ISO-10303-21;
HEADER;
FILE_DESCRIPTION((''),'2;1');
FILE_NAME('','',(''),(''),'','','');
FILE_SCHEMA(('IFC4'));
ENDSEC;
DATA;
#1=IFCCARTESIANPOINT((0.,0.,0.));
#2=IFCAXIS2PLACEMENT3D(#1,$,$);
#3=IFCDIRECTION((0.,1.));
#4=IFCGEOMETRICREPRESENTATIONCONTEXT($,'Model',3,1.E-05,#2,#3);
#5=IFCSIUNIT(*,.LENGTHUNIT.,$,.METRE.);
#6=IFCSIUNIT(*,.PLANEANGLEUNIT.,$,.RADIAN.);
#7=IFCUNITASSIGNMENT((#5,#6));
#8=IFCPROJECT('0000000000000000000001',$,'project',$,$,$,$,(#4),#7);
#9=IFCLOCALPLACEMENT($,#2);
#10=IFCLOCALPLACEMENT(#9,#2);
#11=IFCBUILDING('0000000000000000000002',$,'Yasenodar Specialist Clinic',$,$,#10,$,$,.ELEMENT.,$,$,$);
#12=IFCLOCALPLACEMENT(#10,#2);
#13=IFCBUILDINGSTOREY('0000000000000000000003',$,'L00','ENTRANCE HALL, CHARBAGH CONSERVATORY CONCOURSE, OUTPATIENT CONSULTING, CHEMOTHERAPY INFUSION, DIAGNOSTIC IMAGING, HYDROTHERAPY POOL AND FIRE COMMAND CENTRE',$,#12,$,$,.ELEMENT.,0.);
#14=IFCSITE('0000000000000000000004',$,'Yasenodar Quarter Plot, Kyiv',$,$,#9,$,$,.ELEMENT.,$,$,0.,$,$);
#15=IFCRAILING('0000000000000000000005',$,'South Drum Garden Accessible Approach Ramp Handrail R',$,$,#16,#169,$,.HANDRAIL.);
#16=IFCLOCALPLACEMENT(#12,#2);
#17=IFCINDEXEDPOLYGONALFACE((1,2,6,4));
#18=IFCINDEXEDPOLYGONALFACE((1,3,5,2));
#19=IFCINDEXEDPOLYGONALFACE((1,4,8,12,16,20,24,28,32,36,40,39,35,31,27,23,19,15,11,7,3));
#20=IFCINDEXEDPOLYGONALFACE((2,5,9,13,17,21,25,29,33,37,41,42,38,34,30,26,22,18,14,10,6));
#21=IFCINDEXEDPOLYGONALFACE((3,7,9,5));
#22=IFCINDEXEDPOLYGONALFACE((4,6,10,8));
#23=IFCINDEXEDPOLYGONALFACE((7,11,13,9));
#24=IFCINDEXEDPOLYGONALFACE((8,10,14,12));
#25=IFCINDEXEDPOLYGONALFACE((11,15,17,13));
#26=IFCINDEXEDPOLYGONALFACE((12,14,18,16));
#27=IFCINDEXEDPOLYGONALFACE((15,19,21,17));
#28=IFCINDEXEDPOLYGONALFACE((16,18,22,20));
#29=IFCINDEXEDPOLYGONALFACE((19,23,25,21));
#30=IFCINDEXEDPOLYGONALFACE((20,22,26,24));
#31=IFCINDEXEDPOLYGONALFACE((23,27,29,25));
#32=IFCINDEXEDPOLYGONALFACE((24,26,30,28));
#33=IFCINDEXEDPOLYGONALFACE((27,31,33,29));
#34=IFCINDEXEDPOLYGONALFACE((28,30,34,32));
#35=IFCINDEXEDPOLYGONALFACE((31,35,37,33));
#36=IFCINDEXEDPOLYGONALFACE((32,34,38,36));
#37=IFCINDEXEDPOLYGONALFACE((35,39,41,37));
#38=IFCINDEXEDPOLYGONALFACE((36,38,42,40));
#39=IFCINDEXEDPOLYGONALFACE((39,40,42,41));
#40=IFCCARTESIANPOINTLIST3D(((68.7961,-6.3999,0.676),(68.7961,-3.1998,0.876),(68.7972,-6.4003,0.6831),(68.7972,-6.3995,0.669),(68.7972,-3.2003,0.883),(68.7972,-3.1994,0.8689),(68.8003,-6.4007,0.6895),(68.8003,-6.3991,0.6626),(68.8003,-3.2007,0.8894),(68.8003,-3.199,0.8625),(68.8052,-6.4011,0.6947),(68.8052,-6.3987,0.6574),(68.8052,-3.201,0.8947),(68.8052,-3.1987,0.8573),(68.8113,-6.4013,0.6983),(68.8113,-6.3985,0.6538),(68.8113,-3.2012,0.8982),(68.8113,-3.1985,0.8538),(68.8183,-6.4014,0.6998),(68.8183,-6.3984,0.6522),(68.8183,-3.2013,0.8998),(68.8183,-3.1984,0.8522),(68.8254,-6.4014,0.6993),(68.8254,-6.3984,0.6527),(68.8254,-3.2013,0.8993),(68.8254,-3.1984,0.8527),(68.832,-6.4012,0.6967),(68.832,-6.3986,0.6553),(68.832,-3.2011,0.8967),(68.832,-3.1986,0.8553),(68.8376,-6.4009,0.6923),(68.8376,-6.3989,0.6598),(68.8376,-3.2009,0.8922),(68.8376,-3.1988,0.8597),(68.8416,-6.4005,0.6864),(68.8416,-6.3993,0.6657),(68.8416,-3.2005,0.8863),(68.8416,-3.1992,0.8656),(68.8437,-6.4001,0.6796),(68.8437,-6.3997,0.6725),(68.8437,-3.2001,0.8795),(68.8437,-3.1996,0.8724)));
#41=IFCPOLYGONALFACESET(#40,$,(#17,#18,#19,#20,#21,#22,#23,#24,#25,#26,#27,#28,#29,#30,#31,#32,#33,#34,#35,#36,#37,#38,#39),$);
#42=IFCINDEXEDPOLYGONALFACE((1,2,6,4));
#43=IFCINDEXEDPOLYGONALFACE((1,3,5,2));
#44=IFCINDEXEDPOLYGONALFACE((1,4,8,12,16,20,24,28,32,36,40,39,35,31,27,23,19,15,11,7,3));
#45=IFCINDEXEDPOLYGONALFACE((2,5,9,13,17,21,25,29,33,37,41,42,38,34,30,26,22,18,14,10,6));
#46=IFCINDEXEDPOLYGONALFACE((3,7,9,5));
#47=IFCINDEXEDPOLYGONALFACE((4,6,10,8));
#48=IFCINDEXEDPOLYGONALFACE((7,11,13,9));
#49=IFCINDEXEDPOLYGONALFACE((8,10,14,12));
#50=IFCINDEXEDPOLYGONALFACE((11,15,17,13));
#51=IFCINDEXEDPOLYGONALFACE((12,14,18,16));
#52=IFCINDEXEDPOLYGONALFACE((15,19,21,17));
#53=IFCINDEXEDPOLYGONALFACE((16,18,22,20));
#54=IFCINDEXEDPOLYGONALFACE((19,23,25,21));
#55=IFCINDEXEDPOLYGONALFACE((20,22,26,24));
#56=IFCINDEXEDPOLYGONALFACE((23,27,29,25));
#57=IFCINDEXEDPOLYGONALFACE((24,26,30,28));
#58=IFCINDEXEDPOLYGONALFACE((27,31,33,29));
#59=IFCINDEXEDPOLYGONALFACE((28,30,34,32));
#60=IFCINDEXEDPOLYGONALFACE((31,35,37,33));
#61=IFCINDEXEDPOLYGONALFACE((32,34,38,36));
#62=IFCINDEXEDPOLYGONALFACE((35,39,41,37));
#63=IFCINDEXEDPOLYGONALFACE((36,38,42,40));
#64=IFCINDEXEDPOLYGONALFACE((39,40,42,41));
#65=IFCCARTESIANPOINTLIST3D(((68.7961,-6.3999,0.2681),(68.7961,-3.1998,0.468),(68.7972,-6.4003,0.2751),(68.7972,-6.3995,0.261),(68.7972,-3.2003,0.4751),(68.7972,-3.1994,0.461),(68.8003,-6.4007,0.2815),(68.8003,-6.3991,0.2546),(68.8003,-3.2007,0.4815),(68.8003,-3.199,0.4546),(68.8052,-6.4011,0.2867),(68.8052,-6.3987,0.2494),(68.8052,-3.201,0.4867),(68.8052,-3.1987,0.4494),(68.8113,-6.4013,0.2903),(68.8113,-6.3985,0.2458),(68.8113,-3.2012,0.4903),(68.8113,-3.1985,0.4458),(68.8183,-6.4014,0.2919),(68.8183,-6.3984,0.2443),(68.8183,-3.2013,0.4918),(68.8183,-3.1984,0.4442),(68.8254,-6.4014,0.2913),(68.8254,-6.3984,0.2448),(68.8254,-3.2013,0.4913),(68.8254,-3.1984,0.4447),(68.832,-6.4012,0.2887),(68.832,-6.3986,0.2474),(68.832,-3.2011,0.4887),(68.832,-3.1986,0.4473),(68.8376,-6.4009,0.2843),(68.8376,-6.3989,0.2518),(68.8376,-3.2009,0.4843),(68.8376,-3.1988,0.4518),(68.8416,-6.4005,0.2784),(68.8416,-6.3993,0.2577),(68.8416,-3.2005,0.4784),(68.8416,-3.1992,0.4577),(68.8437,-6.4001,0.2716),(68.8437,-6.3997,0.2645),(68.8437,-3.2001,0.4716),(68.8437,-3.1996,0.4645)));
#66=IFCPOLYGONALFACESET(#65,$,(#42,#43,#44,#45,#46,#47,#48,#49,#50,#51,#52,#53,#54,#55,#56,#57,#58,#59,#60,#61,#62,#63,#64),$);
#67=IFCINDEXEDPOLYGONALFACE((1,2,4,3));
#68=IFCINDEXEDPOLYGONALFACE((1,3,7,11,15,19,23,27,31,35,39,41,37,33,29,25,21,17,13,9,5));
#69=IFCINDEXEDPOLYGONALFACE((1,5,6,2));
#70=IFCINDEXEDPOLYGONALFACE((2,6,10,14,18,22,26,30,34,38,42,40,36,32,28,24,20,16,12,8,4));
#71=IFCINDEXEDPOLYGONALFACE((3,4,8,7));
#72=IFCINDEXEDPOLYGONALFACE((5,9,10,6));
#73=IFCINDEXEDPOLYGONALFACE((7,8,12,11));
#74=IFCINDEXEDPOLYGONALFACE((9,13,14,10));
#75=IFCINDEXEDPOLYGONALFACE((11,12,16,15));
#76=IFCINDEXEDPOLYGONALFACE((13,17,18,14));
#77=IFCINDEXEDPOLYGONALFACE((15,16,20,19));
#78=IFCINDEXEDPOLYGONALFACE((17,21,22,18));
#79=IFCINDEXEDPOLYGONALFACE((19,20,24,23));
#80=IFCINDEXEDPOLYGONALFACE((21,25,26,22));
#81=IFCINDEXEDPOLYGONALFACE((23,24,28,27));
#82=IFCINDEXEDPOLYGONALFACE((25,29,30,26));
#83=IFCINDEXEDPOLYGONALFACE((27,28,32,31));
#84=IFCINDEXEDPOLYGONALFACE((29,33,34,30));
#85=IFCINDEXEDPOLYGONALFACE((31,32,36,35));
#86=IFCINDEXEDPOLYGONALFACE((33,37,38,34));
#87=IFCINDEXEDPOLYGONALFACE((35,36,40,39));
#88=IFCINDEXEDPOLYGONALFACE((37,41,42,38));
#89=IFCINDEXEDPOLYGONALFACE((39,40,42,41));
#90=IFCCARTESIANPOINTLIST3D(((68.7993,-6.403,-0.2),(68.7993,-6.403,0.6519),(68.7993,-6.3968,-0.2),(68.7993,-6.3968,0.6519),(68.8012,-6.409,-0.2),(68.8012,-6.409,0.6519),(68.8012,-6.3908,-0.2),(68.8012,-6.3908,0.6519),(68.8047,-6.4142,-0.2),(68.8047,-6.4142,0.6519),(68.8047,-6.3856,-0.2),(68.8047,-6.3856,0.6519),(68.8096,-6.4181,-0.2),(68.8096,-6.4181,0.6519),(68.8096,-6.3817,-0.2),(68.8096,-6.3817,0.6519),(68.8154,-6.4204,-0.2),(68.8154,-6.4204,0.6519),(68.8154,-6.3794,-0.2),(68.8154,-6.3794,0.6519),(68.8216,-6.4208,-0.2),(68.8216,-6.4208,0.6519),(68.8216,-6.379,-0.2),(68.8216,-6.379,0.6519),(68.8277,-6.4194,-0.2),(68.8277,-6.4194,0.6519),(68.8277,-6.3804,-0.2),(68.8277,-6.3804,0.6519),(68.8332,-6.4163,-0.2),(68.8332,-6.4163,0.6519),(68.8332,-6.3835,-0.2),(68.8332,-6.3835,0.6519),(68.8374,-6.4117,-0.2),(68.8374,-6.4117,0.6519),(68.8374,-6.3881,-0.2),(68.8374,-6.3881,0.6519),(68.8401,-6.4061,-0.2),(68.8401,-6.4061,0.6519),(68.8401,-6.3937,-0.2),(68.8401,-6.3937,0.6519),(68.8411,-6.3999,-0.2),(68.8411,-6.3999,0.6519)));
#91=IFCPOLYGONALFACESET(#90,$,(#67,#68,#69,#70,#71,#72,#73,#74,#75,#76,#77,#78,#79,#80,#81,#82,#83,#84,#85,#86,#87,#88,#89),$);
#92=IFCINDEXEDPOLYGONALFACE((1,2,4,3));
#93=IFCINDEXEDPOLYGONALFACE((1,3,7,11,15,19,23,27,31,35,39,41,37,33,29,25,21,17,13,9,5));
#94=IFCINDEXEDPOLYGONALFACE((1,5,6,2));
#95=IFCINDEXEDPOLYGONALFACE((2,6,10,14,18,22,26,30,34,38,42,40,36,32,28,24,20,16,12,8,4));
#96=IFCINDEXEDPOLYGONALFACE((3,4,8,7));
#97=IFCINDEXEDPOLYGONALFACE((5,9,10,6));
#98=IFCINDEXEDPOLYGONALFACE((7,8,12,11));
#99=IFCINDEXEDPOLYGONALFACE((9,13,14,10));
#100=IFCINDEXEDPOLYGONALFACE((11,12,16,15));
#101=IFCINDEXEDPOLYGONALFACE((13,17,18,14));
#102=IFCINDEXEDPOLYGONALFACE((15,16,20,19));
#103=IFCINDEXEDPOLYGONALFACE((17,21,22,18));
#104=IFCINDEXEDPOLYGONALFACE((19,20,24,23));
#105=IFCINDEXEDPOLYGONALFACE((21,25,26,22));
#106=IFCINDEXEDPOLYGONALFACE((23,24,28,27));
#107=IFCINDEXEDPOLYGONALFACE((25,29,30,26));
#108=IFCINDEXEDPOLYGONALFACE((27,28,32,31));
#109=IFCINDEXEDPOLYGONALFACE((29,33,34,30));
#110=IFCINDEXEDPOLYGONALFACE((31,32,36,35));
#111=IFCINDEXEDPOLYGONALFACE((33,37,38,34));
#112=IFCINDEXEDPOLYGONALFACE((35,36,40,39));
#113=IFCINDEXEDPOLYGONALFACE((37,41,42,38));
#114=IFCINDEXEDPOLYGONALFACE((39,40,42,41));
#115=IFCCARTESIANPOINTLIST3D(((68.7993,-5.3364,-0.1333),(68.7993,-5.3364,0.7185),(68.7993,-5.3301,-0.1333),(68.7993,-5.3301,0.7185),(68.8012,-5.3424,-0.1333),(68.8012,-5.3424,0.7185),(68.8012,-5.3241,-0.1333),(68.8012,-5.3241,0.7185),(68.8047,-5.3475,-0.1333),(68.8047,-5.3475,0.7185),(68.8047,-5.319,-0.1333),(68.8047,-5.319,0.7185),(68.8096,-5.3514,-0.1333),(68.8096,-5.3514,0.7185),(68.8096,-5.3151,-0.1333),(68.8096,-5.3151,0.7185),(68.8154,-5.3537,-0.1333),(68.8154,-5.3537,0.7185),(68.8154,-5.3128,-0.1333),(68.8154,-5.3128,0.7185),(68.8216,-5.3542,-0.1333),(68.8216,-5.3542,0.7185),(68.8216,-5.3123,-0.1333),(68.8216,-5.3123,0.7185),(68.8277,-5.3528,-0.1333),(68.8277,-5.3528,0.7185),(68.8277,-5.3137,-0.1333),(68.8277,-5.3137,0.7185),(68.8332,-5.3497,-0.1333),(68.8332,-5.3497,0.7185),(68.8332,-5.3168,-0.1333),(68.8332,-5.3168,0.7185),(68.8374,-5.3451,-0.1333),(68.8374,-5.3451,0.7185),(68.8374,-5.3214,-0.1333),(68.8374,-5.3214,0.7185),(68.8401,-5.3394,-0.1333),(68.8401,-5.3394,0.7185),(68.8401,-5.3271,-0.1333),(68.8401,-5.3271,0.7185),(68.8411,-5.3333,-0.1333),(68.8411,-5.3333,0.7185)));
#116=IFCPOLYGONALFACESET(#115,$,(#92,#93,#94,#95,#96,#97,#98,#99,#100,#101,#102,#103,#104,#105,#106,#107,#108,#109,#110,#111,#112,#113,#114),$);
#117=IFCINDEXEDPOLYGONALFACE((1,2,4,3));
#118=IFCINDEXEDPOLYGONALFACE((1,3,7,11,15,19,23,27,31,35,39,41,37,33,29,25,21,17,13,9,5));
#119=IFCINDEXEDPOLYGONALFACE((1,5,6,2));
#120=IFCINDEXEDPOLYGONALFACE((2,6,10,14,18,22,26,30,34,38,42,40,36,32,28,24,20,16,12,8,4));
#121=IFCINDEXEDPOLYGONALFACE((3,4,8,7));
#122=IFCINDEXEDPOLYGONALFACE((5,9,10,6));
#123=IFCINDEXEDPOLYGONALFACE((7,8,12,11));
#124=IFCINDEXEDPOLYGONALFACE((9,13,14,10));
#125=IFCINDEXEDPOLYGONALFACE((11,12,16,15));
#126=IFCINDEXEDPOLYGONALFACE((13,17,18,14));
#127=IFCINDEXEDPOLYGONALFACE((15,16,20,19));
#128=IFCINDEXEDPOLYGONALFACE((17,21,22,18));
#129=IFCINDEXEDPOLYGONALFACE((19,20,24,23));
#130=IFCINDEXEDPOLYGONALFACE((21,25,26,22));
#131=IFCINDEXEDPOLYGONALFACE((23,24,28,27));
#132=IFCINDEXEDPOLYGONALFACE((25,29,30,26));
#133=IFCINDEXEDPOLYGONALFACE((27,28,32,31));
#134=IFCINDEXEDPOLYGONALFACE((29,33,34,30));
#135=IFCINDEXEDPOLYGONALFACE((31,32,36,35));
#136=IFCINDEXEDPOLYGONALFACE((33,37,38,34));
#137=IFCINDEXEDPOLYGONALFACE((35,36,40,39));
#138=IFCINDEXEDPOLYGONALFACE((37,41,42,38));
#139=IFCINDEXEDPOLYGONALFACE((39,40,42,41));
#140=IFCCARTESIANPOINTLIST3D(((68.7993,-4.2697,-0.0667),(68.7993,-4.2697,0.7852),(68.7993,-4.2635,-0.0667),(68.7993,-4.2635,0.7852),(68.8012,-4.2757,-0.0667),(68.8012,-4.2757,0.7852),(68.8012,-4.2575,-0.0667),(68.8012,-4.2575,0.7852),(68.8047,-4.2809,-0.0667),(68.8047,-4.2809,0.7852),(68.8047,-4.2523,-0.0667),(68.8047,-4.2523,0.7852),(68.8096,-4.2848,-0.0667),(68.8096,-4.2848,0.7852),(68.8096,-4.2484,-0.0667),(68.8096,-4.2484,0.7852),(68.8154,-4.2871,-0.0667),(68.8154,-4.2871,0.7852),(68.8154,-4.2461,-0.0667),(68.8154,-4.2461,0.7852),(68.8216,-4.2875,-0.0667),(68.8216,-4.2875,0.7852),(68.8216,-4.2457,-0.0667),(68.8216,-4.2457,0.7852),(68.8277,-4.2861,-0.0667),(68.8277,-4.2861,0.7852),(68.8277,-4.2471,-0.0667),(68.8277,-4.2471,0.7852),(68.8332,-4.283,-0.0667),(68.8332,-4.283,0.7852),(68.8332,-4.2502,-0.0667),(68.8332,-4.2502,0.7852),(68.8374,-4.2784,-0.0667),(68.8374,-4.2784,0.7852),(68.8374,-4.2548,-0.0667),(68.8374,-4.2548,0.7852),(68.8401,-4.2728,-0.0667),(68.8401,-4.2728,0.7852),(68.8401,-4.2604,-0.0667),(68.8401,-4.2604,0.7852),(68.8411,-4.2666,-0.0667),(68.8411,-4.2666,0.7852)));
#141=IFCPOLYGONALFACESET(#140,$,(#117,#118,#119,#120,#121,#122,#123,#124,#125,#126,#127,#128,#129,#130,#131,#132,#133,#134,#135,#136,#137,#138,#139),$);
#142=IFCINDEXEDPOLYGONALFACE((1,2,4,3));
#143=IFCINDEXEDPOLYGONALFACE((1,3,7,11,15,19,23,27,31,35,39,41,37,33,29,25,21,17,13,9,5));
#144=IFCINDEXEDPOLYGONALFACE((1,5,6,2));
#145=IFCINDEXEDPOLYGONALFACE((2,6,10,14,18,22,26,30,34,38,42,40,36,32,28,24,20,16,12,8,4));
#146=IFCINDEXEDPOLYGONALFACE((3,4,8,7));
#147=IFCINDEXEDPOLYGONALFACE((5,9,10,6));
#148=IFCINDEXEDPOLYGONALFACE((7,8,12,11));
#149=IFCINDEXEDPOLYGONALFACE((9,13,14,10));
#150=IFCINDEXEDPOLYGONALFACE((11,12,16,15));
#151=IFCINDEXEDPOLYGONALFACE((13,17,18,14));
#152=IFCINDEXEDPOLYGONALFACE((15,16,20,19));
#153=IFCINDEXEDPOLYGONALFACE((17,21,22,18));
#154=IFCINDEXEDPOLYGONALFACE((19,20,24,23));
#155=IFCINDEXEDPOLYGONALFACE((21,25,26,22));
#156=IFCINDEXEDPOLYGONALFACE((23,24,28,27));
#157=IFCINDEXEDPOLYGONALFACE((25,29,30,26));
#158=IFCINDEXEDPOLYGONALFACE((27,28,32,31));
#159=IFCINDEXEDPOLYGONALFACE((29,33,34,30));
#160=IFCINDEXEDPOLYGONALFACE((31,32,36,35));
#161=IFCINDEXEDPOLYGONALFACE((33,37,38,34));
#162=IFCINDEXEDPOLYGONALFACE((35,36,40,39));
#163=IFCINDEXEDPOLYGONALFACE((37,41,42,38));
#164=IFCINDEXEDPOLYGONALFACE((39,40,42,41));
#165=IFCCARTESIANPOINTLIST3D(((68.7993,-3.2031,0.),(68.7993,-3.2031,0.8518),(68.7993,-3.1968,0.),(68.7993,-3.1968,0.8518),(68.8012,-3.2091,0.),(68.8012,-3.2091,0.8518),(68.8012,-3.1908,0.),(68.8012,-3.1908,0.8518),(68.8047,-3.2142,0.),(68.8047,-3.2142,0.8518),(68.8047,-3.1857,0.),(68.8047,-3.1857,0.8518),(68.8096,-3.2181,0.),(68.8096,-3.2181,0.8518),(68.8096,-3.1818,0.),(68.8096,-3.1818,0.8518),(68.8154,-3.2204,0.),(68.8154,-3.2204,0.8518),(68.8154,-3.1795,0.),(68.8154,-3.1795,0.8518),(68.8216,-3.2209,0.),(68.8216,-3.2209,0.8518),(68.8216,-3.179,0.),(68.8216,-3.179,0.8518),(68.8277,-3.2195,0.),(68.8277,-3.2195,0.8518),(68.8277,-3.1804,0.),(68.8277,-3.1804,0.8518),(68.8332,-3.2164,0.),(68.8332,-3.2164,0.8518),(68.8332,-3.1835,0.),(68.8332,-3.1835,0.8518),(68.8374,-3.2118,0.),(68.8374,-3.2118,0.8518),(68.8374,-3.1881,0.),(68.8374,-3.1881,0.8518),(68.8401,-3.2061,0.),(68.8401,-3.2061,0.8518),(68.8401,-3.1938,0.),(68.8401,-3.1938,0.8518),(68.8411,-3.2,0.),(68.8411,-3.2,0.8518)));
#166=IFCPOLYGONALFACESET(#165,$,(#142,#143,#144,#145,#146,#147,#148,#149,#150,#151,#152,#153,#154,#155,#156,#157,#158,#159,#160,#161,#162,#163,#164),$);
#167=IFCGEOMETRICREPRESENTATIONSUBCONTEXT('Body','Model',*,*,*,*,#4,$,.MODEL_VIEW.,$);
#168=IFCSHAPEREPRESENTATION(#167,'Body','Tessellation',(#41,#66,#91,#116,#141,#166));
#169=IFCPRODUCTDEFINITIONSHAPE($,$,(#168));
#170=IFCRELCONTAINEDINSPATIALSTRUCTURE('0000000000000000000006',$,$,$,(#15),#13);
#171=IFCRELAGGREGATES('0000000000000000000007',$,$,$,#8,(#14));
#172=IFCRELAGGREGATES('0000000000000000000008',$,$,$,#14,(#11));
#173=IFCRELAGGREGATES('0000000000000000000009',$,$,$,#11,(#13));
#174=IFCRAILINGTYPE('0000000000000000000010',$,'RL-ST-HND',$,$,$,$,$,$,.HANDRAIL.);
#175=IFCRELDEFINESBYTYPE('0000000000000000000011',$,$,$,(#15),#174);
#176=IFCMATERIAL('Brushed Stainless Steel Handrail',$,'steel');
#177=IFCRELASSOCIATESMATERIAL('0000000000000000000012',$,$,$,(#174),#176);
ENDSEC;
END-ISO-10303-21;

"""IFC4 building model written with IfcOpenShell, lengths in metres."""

from ifc_helpers import new_model, si_unit, direction, frame, origin, origin_2d, place, context, subcontext, project, spatial, circle, extrude, material, type_object, element, save


model = new_model("IFC4")

# Units and contexts
model_context = context("Model", 3, precision=1e-05, world=origin(), true_north=direction((0.0, 1.0)))
body_context = subcontext(model_context, "Body", "Model", "MODEL_VIEW")
ifc_project = project(units=[si_unit("LENGTHUNIT", "METRE"), si_unit("PLANEANGLEUNIT", "RADIAN")], contexts=[model_context])

# Site, building, storey
site_placement = place(None, origin())
site = spatial("IfcSite", under=ifc_project, at=site_placement, Name="Yasenodar Quarter Plot, Kyiv", CompositionType="ELEMENT", RefElevation=0.0)
building_placement = place(site_placement, origin())
building = spatial("IfcBuilding", under=site, at=building_placement, Name="Yasenodar Specialist Clinic", CompositionType="ELEMENT")
storey_placement = place(building_placement, origin())
storey = spatial("IfcBuildingStorey", under=building, at=storey_placement, Name="L00", Description="ENTRANCE HALL, CHARBAGH CONSERVATORY CONCOURSE, OUTPATIENT CONSULTING, CHEMOTHERAPY INFUSION, DIAGNOSTIC IMAGING, HYDROTHERAPY POOL AND FIRE COMMAND CENTRE", CompositionType="ELEMENT", Elevation=0.0)

# Railing
ifc_material_1 = material(Name="Brushed Stainless Steel Handrail", Category="steel")
railing_type = type_object("IfcRailingType", Name="RL-ST-HND", PredefinedType="HANDRAIL", material=ifc_material_1)
for number, where, name in (
    (1, (68.8201, -6.3999, -0.2), "South Drum Garden Accessible Approach Ramp Handrail R"),
):
    element("IfcRailing", number, at=place(storey_placement, frame(where)), inside=storey, type_object=railing_type, Name=name, PredefinedType="HANDRAIL", context=body_context, shape_type="SweptSolid", body=[
        extrude(circle(Radius=0.0239, at=origin_2d()), frame((0.0, 0.0, 0.876), z_axis=(0.0, 0.998053, 0.062364), x_axis=(-1.0, 0.0, 0.0)), (0.0, 0.0, 1.0), 3.2063),
        extrude(circle(Radius=0.0239, at=origin_2d()), frame((0.0, 0.0, 0.468), z_axis=(0.0, 0.998053, 0.062364), x_axis=(-1.0, 0.0, 0.0)), (0.0, 0.0, 1.0), 3.2063),
        extrude(circle(Radius=0.021, at=origin_2d()), origin(), (0.0, 0.0, 1.0), 0.8518),
        extrude(circle(Radius=0.021, at=origin_2d()), frame((0.0, 1.0667, 0.0667)), (0.0, 0.0, 1.0), 0.8518),
        extrude(circle(Radius=0.021, at=origin_2d()), frame((0.0, 2.1333, 0.1333)), (0.0, 0.0, 1.0), 0.8518),
        extrude(circle(Radius=0.021, at=origin_2d()), frame((0.0, 3.2, 0.2)), (0.0, 0.0, 1.0), 0.8518),
    ])

save(model, "model.ifc")
